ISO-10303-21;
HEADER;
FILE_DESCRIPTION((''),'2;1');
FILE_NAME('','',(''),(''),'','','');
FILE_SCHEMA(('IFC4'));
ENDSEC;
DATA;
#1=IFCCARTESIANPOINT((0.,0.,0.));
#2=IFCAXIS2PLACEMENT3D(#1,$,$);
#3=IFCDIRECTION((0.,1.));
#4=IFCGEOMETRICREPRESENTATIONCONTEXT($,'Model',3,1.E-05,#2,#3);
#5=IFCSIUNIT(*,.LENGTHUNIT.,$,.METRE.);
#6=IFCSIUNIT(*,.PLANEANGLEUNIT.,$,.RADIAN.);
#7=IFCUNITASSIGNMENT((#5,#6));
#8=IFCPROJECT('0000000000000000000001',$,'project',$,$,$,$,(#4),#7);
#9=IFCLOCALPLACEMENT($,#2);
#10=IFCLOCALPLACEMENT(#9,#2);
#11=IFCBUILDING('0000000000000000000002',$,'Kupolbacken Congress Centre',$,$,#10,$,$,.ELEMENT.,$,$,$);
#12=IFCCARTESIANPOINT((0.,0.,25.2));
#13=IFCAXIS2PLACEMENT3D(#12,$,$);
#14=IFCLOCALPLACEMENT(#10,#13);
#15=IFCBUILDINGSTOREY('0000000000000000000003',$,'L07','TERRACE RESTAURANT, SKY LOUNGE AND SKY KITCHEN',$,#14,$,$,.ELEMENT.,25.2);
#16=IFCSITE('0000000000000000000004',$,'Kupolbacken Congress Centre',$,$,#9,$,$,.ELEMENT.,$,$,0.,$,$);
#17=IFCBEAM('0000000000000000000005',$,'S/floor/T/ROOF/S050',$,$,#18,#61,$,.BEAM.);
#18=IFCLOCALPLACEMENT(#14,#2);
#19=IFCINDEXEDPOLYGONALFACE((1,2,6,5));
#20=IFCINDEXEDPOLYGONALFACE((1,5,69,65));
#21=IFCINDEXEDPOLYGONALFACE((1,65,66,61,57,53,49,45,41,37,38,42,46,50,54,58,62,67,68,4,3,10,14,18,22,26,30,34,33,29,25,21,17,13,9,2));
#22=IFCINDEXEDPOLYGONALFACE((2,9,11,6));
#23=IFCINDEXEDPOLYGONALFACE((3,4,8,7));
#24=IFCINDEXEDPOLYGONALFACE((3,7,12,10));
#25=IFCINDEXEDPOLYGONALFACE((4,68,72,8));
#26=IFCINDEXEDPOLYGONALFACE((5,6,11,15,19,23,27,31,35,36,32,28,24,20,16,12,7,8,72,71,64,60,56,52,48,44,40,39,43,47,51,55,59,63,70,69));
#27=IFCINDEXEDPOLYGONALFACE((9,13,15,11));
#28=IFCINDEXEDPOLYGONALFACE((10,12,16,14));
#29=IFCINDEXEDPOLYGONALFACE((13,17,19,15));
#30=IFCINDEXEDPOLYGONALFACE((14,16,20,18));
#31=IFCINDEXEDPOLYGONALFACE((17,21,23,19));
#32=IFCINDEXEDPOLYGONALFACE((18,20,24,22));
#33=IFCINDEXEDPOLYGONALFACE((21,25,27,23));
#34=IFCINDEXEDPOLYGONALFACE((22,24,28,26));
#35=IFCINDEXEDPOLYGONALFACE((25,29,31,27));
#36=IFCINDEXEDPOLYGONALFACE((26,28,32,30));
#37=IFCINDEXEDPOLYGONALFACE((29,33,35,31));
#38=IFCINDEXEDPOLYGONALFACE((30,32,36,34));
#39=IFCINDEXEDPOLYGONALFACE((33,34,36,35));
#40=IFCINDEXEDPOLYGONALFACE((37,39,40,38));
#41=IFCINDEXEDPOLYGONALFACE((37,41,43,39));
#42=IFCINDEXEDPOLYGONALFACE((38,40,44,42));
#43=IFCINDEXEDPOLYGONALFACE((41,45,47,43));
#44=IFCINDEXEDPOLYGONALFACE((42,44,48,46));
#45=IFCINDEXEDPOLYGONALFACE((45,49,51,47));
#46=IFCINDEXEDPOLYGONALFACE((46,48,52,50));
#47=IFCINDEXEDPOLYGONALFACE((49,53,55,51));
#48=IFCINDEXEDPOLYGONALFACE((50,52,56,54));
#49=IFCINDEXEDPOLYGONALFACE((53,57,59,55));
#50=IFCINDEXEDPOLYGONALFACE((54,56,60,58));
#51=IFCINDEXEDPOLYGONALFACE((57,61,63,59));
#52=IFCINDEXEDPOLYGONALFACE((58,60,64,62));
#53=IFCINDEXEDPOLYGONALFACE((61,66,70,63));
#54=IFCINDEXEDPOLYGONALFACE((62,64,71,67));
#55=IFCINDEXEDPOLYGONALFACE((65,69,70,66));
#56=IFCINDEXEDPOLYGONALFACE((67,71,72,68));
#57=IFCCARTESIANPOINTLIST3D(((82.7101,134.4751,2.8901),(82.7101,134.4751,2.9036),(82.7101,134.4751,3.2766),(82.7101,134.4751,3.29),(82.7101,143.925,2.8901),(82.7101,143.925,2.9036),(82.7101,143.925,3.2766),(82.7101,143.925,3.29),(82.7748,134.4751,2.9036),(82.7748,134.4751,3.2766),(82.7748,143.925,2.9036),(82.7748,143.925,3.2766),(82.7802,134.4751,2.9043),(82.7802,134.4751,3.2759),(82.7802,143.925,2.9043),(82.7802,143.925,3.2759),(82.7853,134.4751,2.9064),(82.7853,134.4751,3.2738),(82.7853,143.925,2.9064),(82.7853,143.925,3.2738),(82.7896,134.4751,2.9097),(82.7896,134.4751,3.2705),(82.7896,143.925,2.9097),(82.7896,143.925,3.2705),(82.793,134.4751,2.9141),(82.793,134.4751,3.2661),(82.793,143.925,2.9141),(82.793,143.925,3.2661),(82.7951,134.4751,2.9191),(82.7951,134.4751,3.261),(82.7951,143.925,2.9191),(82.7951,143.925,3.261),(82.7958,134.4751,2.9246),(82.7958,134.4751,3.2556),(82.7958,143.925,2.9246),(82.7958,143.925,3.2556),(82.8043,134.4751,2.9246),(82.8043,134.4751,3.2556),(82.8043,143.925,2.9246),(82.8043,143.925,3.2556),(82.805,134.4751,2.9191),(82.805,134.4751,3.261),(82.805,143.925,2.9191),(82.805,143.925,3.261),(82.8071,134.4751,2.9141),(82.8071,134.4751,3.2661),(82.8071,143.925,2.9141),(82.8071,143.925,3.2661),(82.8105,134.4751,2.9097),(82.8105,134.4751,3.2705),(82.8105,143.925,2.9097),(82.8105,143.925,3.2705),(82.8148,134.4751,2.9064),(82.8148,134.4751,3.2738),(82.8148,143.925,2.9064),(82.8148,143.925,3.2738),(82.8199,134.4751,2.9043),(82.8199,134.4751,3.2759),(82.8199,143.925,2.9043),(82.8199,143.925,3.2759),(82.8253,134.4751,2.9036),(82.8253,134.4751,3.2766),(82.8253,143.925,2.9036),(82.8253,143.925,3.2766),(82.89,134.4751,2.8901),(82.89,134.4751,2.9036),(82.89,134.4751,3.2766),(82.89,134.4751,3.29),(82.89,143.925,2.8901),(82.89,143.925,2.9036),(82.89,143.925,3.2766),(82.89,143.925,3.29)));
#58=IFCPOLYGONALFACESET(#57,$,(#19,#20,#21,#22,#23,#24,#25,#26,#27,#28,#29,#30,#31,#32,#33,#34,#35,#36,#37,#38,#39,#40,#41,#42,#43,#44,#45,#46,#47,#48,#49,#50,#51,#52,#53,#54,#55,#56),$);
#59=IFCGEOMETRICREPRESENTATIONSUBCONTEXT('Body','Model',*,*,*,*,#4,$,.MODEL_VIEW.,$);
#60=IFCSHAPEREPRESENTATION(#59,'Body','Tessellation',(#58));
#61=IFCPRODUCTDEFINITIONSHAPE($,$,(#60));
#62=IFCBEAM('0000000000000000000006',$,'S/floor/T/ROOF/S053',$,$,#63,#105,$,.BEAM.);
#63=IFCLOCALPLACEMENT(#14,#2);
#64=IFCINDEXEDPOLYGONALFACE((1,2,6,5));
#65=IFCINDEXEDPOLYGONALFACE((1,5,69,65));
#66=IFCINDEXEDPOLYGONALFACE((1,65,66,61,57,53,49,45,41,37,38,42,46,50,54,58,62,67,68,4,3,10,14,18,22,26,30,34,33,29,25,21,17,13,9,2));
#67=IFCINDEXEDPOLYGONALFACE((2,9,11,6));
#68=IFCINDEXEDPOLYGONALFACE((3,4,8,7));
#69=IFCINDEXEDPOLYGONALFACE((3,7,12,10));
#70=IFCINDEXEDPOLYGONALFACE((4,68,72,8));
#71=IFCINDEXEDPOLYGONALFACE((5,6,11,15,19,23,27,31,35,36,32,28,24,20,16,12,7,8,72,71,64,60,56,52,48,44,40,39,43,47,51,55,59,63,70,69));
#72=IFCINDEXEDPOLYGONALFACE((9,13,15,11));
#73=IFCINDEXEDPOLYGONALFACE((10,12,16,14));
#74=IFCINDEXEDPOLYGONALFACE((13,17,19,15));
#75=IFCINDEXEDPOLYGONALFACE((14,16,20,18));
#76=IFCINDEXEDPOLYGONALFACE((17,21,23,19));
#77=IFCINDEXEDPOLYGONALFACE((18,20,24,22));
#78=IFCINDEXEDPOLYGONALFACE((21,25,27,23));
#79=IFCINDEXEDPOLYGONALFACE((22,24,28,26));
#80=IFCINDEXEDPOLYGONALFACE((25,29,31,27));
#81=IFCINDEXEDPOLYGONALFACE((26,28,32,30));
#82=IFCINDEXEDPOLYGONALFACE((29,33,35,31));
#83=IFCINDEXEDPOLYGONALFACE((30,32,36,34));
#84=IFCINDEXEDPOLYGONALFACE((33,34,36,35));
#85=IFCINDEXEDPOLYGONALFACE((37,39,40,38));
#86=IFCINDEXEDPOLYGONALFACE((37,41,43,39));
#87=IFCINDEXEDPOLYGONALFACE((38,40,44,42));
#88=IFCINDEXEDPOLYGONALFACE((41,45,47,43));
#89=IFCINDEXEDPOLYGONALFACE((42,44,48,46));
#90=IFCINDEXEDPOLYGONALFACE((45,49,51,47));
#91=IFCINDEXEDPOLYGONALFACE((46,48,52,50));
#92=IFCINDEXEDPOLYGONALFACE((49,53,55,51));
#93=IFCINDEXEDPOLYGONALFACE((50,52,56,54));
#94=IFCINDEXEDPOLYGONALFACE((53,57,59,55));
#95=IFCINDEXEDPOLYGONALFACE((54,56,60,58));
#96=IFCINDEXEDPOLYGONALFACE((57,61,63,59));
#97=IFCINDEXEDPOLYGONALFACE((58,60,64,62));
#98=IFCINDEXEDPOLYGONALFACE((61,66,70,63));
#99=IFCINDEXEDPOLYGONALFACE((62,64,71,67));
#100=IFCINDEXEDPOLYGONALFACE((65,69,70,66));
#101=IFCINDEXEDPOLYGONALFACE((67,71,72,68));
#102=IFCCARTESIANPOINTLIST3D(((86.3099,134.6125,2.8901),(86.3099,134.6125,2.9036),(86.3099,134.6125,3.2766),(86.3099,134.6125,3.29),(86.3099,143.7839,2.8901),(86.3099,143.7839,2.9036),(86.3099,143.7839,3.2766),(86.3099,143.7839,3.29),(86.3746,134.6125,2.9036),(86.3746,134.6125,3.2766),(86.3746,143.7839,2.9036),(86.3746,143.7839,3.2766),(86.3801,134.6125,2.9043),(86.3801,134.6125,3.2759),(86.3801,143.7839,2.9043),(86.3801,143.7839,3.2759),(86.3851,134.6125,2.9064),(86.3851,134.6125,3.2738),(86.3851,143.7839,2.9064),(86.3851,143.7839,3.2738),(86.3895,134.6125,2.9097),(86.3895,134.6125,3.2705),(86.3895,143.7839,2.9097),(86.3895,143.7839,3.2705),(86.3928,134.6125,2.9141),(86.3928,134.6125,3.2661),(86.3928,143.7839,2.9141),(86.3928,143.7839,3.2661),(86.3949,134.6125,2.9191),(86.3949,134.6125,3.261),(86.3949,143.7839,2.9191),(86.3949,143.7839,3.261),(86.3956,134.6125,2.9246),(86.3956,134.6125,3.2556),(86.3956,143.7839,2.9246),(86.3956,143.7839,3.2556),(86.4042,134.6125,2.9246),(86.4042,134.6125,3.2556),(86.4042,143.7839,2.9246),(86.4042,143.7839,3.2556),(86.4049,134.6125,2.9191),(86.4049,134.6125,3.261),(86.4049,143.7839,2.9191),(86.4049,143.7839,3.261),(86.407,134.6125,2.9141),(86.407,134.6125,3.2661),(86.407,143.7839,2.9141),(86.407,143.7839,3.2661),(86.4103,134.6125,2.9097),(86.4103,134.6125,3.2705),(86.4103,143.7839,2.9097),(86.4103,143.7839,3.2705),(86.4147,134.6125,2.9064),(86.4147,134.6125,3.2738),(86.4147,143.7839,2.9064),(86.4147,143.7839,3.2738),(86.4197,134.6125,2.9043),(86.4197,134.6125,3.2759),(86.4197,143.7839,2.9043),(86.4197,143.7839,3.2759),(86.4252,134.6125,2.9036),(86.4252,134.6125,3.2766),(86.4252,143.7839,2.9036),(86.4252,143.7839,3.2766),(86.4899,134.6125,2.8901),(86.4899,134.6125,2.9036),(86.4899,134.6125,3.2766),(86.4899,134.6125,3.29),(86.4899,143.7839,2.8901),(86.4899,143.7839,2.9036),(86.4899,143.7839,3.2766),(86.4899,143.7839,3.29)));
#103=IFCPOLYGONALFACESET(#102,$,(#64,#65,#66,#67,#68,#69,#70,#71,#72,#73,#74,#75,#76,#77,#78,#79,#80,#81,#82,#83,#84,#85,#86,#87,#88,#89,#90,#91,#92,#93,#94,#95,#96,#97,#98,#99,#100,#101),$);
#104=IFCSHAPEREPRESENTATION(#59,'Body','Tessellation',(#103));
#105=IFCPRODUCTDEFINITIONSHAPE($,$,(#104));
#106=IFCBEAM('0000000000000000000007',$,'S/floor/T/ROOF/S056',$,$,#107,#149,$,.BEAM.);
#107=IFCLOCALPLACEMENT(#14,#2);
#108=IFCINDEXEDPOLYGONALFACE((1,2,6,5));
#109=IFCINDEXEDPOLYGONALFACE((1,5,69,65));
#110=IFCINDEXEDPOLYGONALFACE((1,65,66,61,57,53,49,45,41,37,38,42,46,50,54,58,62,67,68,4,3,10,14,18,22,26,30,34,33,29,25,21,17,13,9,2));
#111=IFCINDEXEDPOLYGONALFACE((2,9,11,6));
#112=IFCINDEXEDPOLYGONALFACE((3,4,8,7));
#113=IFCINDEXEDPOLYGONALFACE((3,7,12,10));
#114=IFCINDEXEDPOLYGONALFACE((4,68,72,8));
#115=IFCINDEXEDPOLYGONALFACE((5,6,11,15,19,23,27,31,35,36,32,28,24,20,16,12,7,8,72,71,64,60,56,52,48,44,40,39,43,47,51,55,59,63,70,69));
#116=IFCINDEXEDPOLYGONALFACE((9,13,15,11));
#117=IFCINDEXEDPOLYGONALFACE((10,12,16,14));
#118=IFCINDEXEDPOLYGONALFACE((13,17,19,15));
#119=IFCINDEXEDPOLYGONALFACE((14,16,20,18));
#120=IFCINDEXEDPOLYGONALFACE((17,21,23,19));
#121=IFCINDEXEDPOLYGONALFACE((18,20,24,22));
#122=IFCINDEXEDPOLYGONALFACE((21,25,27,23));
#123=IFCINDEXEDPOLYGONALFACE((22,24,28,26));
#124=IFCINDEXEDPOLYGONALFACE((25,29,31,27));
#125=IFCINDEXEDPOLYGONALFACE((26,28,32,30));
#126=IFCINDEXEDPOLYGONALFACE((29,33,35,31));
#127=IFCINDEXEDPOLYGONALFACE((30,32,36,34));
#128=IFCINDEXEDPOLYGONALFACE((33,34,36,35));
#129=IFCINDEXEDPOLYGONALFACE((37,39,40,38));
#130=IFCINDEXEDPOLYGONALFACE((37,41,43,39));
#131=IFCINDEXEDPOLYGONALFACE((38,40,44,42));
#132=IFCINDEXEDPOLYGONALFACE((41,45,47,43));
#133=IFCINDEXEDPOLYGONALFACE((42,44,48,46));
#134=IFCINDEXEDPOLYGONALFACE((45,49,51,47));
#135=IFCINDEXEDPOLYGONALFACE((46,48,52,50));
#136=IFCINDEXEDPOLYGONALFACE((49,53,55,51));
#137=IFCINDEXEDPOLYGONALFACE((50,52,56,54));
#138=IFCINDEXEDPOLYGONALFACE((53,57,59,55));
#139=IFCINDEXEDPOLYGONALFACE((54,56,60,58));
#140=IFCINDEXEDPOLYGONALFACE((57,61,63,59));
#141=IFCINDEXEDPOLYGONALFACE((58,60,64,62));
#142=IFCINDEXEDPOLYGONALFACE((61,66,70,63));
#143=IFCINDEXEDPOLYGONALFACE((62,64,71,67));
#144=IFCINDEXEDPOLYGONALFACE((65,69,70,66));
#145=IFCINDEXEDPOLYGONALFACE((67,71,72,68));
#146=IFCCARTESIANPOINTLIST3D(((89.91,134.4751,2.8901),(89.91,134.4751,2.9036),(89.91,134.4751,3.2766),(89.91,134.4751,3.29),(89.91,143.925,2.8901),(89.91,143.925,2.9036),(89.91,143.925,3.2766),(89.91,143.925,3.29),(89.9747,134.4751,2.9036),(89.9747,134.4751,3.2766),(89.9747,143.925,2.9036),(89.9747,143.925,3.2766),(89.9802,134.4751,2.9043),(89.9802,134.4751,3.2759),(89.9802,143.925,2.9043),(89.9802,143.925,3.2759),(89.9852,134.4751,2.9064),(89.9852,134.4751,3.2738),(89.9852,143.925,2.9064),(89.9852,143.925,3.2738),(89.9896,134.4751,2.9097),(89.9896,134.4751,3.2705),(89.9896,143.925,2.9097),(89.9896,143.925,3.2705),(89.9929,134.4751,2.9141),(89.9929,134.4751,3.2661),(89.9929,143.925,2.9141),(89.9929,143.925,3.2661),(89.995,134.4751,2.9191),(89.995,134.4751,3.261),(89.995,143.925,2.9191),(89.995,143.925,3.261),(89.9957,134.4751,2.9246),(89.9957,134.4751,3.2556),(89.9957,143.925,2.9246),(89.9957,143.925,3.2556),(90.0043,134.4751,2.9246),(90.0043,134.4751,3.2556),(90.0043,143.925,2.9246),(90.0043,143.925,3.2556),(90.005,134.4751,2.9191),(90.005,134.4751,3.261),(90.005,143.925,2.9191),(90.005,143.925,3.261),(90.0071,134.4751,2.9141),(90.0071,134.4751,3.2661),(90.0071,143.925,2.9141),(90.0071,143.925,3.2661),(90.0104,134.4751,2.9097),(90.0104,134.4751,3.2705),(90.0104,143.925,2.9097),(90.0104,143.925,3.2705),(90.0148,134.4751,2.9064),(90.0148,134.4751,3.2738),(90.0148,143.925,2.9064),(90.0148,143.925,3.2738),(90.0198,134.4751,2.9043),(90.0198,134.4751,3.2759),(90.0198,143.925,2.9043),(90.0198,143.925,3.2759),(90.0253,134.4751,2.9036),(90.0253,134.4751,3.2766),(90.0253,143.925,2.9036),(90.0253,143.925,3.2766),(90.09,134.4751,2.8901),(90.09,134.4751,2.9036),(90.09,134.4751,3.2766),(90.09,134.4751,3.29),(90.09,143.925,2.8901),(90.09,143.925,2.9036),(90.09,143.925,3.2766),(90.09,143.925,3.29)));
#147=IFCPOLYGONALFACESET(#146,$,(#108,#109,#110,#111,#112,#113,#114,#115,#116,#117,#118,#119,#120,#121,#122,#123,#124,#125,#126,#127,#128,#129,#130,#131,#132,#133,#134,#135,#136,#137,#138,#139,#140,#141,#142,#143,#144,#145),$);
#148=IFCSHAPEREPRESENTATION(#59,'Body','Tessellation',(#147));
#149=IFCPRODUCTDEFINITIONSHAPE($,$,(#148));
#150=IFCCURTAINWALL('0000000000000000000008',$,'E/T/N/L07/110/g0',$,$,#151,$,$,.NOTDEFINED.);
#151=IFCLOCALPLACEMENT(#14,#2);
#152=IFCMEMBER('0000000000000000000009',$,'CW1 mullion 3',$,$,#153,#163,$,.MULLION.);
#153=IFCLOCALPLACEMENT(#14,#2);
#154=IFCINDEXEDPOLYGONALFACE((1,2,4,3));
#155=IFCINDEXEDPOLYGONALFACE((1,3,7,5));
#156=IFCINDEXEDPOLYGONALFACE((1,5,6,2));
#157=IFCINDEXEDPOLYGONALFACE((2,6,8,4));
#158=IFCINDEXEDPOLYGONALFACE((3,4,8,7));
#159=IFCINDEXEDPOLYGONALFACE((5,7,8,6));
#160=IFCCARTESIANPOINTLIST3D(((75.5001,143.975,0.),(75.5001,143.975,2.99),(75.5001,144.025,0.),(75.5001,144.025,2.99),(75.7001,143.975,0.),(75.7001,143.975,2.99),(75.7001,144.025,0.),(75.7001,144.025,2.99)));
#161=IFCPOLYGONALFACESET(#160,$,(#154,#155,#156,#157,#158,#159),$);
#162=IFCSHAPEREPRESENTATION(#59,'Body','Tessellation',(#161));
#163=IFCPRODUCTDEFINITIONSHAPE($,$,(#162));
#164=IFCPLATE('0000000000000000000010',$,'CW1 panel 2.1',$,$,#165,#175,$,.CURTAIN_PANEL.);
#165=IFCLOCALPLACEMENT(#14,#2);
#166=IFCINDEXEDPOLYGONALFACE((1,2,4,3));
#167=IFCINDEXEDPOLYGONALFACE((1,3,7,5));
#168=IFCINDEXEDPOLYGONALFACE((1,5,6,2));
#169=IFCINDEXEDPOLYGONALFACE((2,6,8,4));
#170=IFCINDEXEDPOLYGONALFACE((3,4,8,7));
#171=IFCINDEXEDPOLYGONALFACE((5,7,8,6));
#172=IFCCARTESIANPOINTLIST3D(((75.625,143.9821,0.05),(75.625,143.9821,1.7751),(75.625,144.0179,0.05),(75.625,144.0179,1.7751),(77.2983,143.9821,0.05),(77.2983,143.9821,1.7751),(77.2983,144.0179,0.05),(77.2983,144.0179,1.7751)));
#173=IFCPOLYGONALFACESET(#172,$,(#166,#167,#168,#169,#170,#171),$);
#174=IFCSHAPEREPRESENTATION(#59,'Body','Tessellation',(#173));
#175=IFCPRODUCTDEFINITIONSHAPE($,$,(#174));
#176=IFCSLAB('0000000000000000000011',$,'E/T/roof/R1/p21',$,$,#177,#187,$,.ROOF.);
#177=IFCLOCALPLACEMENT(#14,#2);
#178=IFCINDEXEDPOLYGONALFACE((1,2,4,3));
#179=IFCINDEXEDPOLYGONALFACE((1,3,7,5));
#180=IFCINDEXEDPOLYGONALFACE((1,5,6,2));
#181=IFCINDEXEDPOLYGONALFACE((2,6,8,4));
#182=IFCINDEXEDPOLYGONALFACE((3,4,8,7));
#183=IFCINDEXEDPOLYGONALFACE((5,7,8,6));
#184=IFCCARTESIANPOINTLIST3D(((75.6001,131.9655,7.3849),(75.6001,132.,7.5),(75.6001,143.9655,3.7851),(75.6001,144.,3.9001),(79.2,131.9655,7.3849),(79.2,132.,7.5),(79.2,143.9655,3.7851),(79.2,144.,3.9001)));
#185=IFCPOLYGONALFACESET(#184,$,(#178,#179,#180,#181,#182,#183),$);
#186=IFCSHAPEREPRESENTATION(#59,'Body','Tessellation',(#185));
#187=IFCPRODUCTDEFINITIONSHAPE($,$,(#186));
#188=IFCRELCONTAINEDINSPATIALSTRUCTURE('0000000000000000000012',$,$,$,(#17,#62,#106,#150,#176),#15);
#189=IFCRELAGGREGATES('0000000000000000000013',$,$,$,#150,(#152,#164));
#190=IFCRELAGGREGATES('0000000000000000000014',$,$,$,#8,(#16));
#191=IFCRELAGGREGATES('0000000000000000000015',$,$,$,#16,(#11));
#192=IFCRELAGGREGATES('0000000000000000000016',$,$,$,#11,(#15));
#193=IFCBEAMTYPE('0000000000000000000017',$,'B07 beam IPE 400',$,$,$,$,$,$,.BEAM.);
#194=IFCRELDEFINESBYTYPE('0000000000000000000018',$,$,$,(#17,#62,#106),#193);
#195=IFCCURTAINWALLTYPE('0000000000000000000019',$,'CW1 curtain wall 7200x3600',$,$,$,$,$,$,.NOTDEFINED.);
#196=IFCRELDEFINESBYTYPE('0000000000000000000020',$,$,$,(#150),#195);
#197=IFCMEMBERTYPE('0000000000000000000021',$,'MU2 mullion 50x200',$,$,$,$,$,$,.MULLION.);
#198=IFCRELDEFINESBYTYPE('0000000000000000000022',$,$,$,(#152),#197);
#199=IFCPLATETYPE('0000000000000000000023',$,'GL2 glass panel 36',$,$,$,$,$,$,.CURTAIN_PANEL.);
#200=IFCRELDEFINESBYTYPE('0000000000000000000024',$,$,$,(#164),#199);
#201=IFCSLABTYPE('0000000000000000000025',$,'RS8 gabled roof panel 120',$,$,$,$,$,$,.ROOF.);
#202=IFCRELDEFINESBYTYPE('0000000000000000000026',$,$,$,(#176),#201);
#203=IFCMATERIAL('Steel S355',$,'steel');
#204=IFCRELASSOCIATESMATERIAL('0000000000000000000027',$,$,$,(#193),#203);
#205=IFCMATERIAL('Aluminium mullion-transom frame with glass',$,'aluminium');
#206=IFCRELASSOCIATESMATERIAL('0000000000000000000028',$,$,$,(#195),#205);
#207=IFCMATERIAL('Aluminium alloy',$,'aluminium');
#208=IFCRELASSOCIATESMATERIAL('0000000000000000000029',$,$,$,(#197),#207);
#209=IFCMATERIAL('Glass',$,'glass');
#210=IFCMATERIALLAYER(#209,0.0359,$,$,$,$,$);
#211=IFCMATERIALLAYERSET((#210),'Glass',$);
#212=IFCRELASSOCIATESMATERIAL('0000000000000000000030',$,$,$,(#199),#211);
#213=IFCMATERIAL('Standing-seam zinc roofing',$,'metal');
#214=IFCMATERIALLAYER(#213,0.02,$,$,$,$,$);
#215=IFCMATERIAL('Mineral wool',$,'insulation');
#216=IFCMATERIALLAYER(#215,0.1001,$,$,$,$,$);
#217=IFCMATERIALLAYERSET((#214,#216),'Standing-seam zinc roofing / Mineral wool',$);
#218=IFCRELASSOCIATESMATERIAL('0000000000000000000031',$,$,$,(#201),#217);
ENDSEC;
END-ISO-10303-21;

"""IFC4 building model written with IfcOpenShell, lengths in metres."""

from ifc_helpers import new_model, si_unit, direction, frame, origin, origin_2d, place, context, subcontext, project, spatial, polyline, rectangle, i_section, outline, extrude, material, layer, layer_set, material_profile, profile_set, type_object, element, aggregate, save


model = new_model("IFC4")

# Units and contexts
model_context = context("Model", 3, precision=1e-05, world=origin(), true_north=direction((0.0, 1.0)))
body_context = subcontext(model_context, "Body", "Model", "MODEL_VIEW")
ifc_project = project(units=[si_unit("LENGTHUNIT", "METRE"), si_unit("PLANEANGLEUNIT", "RADIAN")], contexts=[model_context])

# Site, building, storey
site_placement = place(None, origin())
site = spatial("IfcSite", under=ifc_project, at=site_placement, Name="Kupolbacken Congress Centre", CompositionType="ELEMENT", RefElevation=0.0)
building_placement = place(site_placement, origin())
building = spatial("IfcBuilding", under=site, at=building_placement, Name="Kupolbacken Congress Centre", CompositionType="ELEMENT")
storey_placement = place(building_placement, frame((0.0, 0.0, 25.2)))
storey = spatial("IfcBuildingStorey", under=building, at=storey_placement, Name="L07", Description="TERRACE RESTAURANT, SKY LOUNGE AND SKY KITCHEN", CompositionType="ELEMENT", Elevation=25.2)

# Beams
ifc_material_1 = material(Name="Steel S355", Category="steel")
ifc_material_profile_1 = material_profile(ifc_material_1, i_section(OverallWidth=0.1799, OverallDepth=0.3999, WebThickness=0.0085, FlangeThickness=0.0134, FilletRadius=0.021, at=origin_2d()), Name="IPE 400")
ifc_profile_set_1 = profile_set([ifc_material_profile_1], Name="Steel S355")
beam_type_1 = type_object("IfcBeamType", Name="B07 beam IPE 400", PredefinedType="BEAM", material=ifc_profile_set_1)
beam_1_placement = place(storey_placement, frame((82.8, 134.4751, 3.0901), z_axis=(0.0, 1.0, 0.0), x_axis=(-1.0, 0.0, 0.0)))
element("IfcBeam", 1, at=beam_1_placement, inside=storey, type_object=beam_type_1, Name="S/floor/T/ROOF/S050", PredefinedType="BEAM", context=body_context, shape_type="SweptSolid", body=[
    extrude(i_section(OverallWidth=0.1799, OverallDepth=0.3999, WebThickness=0.0085, FlangeThickness=0.0134, FilletRadius=0.021, at=origin_2d()), origin(), (0.0, 0.0, 1.0), 9.45),
])
beam_2_placement = place(storey_placement, frame((86.3999, 134.6125, 3.0901), z_axis=(0.0, 1.0, 0.0), x_axis=(-1.0, 0.0, 0.0)))
element("IfcBeam", 2, at=beam_2_placement, inside=storey, type_object=beam_type_1, Name="S/floor/T/ROOF/S053", PredefinedType="BEAM", context=body_context, shape_type="SweptSolid", body=[
    extrude(i_section(OverallWidth=0.1799, OverallDepth=0.3999, WebThickness=0.0085, FlangeThickness=0.0134, FilletRadius=0.021, at=origin_2d()), origin(), (0.0, 0.0, 1.0), 9.1714),
])
beam_3_placement = place(storey_placement, frame((90.0, 134.4751, 3.0901), z_axis=(0.0, 1.0, 0.0), x_axis=(-1.0, 0.0, 0.0)))
element("IfcBeam", 3, at=beam_3_placement, inside=storey, type_object=beam_type_1, Name="S/floor/T/ROOF/S056", PredefinedType="BEAM", context=body_context, shape_type="SweptSolid", body=[
    extrude(i_section(OverallWidth=0.1799, OverallDepth=0.3999, WebThickness=0.0085, FlangeThickness=0.0134, FilletRadius=0.021, at=origin_2d()), origin(), (0.0, 0.0, 1.0), 9.45),
])

# Curtain wall, member, plate
ifc_material_2 = material(Name="Aluminium mullion-transom frame with glass", Category="aluminium")
curtain_wall_type = type_object("IfcCurtainWallType", Name="CW1 curtain wall 7200x3600", PredefinedType="NOTDEFINED", material=ifc_material_2)
curtain_wall_placement = place(storey_placement, origin())
curtain_wall = element("IfcCurtainWall", 4, at=curtain_wall_placement, inside=storey, type_object=curtain_wall_type, Name="E/T/N/L07/110/g0", PredefinedType="NOTDEFINED")
ifc_material_3 = material(Name="Aluminium alloy", Category="aluminium")
ifc_material_profile_2 = material_profile(ifc_material_3, rectangle(XDim=0.05, YDim=0.2, at=origin_2d()), Name="50 x 200")
ifc_profile_set_2 = profile_set([ifc_material_profile_2], Name="Aluminium alloy")
member_type = type_object("IfcMemberType", Name="MU2 mullion 50x200", PredefinedType="MULLION", material=ifc_profile_set_2)
member_placement = place(storey_placement, frame((75.6001, 144.0, 0.0), z_axis=(0.0, 0.0, 1.0), x_axis=(0.0, -1.0, 0.0)))
member = element("IfcMember", 5, at=member_placement, type_object=member_type, Name="CW1 mullion 3", PredefinedType="MULLION", context=body_context, shape_type="SweptSolid", body=[
    extrude(rectangle(XDim=0.05, YDim=0.2, at=origin_2d()), origin(), (0.0, 0.0, 1.0), 2.99),
])
ifc_material_4 = material(Name="Glass", Category="glass")
ifc_layer_1 = layer(ifc_material_4, 0.0359)
ifc_layer_set_1 = layer_set([ifc_layer_1], Name="Glass")
plate_type = type_object("IfcPlateType", Name="GL2 glass panel 36", PredefinedType="CURTAIN_PANEL", material=ifc_layer_set_1)
plate_placement = place(storey_placement, frame((76.4617, 144.0, 0.05), z_axis=(0.0, 0.0, 1.0), x_axis=(-1.0, 0.0, 0.0)))
plate = element("IfcPlate", 6, at=plate_placement, type_object=plate_type, Name="CW1 panel 2.1", PredefinedType="CURTAIN_PANEL", context=body_context, shape_type="SweptSolid", body=[
    extrude(rectangle(XDim=1.6733, YDim=0.0359, at=origin_2d()), origin(), (0.0, 0.0, 1.0), 1.7251),
])
aggregate(curtain_wall, [member, plate])

# Slab
ifc_material_5 = material(Name="Standing-seam zinc roofing", Category="metal")
ifc_layer_2 = layer(ifc_material_5, 0.02)
ifc_material_6 = material(Name="Mineral wool", Category="insulation")
ifc_layer_3 = layer(ifc_material_6, 0.1001)
ifc_layer_set_2 = layer_set([ifc_layer_2, ifc_layer_3], Name="Standing-seam zinc roofing / Mineral wool")
slab_type = type_object("IfcSlabType", Name="RS8 gabled roof panel 120", PredefinedType="ROOF", material=ifc_layer_set_2)
slab_placement = place(storey_placement, frame((75.6001, 144.0, 3.9001), z_axis=(0.0, 0.287337, 0.95783), x_axis=(1.0, 0.0, 0.0)))
element("IfcSlab", 7, at=slab_placement, inside=storey, type_object=slab_type, Name="E/T/roof/R1/p21", PredefinedType="ROOF", context=body_context, shape_type="SweptSolid", body=[
    extrude(outline(polyline([(0.0, 0.0), (3.5999, 0.0), (3.5999, -12.5283), (0.0, -12.5283), (0.0, 0.0)])), origin(), (0.0, 0.0, -1.0), 0.1201),
])

save(model, "model.ifc")
